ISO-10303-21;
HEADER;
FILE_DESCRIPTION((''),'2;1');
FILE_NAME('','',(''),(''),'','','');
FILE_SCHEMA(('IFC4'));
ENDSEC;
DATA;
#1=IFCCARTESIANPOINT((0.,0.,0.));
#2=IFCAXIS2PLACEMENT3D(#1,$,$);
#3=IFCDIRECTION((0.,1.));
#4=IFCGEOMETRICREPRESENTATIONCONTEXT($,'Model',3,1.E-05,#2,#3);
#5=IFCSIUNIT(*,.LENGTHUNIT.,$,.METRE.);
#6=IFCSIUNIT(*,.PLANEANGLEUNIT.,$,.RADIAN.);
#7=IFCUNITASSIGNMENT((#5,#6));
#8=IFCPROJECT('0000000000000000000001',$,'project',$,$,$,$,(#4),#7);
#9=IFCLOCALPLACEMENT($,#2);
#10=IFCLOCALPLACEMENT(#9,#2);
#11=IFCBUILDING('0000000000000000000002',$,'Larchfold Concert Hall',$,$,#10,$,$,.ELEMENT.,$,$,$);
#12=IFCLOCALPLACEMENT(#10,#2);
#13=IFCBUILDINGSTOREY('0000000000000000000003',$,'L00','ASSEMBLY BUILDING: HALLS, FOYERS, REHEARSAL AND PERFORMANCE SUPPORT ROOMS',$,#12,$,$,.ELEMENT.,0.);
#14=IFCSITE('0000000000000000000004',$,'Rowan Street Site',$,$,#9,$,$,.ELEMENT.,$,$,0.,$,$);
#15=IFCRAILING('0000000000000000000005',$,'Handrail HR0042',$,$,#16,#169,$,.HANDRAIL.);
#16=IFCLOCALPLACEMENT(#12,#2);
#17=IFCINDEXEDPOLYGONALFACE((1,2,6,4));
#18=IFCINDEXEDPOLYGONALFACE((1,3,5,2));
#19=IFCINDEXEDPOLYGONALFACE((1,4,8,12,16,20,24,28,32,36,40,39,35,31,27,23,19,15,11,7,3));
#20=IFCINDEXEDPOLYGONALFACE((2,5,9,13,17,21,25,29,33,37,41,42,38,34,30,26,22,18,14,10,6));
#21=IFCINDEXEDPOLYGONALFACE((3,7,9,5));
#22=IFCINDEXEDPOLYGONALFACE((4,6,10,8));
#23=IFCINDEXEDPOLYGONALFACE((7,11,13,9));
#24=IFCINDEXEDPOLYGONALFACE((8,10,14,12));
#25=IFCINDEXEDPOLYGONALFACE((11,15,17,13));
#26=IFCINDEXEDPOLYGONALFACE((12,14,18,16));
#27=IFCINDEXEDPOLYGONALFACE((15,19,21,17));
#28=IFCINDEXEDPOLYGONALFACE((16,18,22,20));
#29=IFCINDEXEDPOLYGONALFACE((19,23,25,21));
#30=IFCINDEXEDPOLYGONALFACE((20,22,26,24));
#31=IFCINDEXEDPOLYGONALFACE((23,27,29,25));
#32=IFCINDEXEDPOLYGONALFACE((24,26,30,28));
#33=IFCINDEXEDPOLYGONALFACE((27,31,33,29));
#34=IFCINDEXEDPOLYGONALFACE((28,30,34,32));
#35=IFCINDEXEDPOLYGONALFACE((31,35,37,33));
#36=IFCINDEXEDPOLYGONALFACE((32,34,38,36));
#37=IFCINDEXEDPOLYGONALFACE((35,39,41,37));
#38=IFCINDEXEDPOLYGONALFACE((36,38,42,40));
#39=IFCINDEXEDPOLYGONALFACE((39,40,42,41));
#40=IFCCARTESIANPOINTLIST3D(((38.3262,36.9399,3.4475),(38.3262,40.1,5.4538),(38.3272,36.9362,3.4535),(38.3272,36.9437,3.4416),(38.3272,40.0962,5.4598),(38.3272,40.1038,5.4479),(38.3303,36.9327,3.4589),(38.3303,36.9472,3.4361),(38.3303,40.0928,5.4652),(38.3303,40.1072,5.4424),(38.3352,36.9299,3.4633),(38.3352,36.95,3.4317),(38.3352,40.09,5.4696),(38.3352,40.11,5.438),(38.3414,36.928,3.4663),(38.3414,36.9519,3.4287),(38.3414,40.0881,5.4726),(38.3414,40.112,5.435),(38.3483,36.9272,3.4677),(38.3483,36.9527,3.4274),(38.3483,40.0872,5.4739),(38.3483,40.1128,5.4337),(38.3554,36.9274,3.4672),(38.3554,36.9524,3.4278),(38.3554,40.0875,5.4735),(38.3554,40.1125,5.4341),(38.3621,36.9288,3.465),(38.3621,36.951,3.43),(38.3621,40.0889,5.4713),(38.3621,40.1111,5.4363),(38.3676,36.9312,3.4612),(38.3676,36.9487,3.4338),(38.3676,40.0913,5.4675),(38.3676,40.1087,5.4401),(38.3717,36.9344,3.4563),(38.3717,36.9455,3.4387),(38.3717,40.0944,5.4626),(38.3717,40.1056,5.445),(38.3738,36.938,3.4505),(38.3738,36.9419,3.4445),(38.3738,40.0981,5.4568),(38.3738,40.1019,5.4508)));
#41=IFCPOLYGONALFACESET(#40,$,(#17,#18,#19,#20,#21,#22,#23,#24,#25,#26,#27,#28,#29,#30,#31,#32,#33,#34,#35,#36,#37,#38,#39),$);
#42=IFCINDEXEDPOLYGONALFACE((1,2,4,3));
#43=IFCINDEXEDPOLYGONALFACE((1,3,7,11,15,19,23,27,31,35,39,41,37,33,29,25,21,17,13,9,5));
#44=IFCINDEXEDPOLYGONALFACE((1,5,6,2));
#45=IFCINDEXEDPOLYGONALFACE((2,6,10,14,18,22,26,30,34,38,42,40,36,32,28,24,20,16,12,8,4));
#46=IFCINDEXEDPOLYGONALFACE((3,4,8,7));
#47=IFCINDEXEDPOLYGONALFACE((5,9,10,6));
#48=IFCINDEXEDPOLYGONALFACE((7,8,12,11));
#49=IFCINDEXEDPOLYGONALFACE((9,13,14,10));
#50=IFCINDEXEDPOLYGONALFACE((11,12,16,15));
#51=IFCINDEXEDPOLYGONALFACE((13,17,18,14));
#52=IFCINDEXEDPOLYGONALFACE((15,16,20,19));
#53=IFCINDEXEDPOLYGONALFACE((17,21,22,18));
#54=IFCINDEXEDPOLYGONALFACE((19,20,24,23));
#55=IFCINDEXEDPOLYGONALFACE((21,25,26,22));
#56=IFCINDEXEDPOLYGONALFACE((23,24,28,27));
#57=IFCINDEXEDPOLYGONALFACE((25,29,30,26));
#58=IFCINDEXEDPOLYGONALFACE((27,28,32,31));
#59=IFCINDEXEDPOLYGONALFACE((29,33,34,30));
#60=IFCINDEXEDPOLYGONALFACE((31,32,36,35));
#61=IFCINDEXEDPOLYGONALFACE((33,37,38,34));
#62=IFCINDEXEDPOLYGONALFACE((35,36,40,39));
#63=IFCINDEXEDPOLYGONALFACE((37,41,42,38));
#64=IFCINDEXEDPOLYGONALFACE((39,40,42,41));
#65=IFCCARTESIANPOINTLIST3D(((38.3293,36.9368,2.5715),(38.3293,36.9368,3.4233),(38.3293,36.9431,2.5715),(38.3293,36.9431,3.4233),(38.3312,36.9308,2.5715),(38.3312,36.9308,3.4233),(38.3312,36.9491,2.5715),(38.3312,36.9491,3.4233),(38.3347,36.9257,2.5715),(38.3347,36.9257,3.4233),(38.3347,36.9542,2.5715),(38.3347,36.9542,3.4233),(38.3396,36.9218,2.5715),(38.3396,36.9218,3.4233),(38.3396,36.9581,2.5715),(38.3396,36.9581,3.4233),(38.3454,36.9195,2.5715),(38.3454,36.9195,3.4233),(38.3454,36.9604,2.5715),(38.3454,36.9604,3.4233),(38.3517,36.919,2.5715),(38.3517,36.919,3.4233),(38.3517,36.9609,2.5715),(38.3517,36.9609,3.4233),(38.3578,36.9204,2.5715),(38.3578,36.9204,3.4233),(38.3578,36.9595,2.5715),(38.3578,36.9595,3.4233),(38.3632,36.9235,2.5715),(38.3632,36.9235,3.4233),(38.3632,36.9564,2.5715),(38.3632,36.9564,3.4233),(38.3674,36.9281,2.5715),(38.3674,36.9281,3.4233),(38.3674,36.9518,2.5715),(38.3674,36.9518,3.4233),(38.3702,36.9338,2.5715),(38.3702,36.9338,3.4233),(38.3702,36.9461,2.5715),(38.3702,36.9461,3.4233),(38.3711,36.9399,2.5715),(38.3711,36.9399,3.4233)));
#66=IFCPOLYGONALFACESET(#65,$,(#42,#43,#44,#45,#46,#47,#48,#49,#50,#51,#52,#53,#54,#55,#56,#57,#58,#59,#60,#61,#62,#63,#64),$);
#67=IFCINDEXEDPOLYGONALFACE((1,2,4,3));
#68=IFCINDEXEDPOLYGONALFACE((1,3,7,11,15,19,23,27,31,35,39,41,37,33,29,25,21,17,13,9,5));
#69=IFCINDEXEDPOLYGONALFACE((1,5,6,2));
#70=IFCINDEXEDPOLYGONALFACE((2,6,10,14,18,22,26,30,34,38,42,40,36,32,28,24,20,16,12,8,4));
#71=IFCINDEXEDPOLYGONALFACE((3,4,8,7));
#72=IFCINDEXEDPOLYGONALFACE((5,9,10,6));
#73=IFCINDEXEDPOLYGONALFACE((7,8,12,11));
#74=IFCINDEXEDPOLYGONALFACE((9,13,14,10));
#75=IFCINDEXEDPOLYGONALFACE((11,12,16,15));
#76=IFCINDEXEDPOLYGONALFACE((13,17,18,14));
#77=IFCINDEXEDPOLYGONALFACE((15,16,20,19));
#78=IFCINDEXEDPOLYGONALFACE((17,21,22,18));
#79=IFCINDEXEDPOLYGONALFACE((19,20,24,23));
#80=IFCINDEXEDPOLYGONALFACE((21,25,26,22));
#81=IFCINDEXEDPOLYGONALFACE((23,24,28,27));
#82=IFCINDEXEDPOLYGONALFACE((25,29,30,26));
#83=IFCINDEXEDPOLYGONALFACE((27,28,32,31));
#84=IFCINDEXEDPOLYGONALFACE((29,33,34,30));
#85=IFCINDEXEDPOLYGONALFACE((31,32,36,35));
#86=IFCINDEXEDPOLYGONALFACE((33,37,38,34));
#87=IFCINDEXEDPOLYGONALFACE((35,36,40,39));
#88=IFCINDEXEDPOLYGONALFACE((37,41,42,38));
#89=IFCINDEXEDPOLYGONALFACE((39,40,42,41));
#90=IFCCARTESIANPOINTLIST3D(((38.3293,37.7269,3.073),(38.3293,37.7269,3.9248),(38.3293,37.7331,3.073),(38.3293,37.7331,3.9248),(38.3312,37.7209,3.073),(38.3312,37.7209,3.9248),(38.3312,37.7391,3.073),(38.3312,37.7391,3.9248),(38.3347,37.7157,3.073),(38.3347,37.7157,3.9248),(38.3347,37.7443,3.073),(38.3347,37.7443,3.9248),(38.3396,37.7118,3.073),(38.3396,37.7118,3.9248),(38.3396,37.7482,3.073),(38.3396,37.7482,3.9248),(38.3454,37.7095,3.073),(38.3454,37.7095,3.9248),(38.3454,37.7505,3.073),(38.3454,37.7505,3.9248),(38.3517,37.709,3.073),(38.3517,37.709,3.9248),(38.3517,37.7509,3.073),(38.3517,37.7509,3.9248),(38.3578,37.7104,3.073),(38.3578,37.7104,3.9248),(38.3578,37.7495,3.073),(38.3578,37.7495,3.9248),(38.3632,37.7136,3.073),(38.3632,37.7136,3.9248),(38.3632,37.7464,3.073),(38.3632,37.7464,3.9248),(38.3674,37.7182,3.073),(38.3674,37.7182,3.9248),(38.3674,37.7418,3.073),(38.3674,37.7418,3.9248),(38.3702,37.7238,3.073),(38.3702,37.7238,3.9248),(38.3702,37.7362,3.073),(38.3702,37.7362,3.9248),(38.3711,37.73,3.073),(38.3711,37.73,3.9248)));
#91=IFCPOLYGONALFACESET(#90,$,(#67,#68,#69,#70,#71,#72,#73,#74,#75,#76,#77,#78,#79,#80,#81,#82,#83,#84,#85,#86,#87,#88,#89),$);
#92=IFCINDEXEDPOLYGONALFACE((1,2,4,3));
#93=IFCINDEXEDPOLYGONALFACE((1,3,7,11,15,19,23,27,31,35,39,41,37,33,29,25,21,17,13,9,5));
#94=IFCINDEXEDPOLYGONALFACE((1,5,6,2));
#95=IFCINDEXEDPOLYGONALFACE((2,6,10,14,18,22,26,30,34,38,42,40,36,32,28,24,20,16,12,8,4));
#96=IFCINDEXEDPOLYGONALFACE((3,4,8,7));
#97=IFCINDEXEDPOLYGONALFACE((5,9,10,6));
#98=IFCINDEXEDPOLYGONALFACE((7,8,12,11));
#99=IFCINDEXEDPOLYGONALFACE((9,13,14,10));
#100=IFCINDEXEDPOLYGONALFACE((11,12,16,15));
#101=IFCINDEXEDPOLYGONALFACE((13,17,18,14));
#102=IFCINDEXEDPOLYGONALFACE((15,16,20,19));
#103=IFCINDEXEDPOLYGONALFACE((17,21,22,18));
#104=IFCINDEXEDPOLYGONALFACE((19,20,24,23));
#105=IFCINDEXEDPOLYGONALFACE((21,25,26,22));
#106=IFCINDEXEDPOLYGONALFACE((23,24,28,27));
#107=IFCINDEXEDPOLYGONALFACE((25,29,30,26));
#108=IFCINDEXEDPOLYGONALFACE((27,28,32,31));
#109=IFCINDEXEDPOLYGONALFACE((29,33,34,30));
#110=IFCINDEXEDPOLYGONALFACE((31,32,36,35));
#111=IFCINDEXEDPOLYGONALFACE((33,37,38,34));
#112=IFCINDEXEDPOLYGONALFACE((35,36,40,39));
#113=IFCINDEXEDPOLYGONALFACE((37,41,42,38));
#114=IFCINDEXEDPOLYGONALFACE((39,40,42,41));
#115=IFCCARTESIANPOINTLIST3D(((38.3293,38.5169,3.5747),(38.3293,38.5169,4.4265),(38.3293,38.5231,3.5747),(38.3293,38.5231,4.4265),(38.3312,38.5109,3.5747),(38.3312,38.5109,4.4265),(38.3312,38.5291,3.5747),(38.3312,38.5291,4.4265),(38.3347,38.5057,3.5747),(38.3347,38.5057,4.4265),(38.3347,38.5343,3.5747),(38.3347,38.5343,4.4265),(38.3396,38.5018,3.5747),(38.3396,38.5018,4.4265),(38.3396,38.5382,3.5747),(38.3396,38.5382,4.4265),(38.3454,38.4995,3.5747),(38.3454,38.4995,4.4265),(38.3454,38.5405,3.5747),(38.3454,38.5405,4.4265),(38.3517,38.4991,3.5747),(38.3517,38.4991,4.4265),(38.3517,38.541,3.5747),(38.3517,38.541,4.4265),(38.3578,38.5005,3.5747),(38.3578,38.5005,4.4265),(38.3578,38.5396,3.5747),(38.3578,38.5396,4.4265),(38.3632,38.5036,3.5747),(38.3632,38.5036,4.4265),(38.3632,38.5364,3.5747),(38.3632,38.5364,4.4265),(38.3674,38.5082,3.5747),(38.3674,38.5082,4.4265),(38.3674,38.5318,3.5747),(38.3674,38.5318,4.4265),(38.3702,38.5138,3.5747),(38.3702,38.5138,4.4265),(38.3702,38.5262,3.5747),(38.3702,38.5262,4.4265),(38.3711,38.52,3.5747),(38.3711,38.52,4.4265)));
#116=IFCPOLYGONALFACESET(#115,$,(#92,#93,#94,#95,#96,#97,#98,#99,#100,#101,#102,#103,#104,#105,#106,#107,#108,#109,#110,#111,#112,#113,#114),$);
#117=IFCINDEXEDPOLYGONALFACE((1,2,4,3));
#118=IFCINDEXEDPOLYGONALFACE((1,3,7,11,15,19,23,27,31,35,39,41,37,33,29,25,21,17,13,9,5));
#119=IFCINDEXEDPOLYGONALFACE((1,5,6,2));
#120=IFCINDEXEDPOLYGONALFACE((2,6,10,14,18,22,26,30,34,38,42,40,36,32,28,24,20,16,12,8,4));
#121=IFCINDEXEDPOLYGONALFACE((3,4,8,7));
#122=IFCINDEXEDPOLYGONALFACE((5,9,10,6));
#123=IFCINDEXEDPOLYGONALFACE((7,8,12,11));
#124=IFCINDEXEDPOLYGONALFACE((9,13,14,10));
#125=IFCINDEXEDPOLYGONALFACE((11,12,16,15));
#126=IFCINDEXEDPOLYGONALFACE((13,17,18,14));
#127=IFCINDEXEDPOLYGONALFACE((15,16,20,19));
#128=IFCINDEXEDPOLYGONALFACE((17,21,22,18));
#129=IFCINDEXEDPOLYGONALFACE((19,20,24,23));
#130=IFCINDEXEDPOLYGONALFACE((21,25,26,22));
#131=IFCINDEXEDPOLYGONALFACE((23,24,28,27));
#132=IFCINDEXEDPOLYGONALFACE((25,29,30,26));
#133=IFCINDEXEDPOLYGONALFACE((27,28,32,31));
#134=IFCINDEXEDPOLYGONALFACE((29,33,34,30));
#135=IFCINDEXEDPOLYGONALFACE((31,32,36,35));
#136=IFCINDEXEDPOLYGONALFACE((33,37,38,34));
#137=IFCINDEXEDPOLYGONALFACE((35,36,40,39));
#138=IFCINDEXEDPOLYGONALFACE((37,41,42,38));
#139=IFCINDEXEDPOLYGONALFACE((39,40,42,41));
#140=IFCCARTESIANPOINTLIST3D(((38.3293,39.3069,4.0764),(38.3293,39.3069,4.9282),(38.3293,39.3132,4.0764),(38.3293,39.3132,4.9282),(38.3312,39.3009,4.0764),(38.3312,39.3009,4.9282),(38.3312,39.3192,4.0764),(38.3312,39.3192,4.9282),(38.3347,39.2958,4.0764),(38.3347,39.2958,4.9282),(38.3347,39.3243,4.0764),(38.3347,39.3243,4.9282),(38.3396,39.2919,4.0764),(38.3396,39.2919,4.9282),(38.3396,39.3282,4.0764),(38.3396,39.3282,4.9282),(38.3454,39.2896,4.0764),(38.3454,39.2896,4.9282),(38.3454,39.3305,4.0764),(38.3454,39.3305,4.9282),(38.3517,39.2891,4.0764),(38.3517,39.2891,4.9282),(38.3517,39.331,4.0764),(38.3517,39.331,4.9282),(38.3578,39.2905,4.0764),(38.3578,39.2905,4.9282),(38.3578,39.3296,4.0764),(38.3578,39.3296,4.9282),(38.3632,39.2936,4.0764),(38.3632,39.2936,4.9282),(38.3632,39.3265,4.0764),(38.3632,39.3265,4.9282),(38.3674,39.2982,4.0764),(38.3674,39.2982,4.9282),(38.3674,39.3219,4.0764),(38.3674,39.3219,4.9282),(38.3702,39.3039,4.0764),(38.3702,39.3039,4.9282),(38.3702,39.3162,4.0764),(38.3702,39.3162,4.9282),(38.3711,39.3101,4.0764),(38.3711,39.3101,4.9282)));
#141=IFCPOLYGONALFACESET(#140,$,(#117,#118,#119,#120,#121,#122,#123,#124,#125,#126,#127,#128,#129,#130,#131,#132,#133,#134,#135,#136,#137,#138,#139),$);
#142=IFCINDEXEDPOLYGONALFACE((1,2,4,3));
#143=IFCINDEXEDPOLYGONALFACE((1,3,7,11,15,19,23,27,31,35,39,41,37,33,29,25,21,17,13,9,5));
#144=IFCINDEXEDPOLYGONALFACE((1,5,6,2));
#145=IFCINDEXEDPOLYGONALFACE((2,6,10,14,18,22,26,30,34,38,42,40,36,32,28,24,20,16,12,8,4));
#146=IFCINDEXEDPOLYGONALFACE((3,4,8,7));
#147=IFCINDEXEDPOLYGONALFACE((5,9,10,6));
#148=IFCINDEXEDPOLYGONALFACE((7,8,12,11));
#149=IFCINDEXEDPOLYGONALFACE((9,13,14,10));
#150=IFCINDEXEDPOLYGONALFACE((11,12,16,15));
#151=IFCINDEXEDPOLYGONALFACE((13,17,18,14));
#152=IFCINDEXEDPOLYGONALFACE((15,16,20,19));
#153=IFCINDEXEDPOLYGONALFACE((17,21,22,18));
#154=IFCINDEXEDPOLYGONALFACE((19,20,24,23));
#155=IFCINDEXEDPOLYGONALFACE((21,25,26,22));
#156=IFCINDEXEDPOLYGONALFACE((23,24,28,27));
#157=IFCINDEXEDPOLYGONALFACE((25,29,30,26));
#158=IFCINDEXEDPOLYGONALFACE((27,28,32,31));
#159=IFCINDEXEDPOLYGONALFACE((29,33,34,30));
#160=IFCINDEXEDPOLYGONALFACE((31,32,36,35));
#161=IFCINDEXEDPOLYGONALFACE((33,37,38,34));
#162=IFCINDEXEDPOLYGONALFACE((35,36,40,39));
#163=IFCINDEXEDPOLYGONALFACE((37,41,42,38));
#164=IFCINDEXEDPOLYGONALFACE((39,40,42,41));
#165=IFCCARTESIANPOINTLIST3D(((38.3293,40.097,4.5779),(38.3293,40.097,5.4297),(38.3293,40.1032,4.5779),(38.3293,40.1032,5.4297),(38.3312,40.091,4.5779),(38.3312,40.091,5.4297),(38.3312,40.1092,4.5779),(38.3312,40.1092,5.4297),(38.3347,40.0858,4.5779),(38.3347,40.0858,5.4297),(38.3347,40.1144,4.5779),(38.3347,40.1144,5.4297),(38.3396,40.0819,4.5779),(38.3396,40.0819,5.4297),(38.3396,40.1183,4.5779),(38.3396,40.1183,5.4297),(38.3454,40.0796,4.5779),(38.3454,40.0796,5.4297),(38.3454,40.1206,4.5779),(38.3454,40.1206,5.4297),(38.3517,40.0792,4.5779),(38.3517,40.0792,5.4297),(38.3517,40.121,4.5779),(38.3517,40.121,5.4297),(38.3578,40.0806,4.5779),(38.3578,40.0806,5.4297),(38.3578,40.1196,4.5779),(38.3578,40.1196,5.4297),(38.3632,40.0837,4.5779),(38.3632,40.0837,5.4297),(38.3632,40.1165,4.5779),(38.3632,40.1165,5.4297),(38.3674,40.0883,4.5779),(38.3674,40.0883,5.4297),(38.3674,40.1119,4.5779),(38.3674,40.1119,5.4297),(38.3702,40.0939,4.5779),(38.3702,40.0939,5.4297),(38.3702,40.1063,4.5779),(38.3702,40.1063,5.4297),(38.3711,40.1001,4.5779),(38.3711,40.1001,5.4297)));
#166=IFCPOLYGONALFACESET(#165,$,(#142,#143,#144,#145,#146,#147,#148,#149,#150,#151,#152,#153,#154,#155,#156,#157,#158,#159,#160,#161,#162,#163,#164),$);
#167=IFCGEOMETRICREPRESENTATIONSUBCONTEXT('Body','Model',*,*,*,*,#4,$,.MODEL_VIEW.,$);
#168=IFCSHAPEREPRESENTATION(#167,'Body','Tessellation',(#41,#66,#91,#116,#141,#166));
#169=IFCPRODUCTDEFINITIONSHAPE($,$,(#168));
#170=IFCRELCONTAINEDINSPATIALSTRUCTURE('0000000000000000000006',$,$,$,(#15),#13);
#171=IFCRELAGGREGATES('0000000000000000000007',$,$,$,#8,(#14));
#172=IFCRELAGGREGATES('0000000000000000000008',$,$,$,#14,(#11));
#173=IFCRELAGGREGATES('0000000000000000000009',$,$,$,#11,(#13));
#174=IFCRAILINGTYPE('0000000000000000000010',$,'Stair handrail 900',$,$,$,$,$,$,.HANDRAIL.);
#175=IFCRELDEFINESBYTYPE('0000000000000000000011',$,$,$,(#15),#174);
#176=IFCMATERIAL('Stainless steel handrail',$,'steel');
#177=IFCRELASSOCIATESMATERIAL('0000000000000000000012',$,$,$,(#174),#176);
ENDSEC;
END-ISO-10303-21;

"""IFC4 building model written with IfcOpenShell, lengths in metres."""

from ifc_helpers import new_model, si_unit, direction, frame, origin, origin_2d, place, context, subcontext, project, spatial, circle, extrude, material, type_object, element, save


model = new_model("IFC4")

# Units and contexts
model_context = context("Model", 3, precision=1e-05, world=origin(), true_north=direction((0.0, 1.0)))
body_context = subcontext(model_context, "Body", "Model", "MODEL_VIEW")
ifc_project = project(units=[si_unit("LENGTHUNIT", "METRE"), si_unit("PLANEANGLEUNIT", "RADIAN")], contexts=[model_context])

# Site, building, storey
site_placement = place(None, origin())
site = spatial("IfcSite", under=ifc_project, at=site_placement, Name="Rowan Street Site", CompositionType="ELEMENT", RefElevation=0.0)
building_placement = place(site_placement, origin())
building = spatial("IfcBuilding", under=site, at=building_placement, Name="Larchfold Concert Hall", CompositionType="ELEMENT")
storey_placement = place(building_placement, origin())
storey = spatial("IfcBuildingStorey", under=building, at=storey_placement, Name="L00", Description="ASSEMBLY BUILDING: HALLS, FOYERS, REHEARSAL AND PERFORMANCE SUPPORT ROOMS", CompositionType="ELEMENT", Elevation=0.0)

# Railing
ifc_material_1 = material(Name="Stainless steel handrail", Category="steel")
railing_type_1 = type_object("IfcRailingType", Name="Stair handrail 900", PredefinedType="HANDRAIL", material=ifc_material_1)
railing_1_placement = place(storey_placement, frame((38.3501, 36.9399, 2.5715)))
element("IfcRailing", 1, at=railing_1_placement, inside=storey, type_object=railing_type_1, Name="Handrail HR0042", PredefinedType="HANDRAIL", context=body_context, shape_type="SweptSolid", body=[
    extrude(circle(Radius=0.0239, at=origin_2d()), frame((0.0, 0.0, 0.876), z_axis=(0.0, 0.844225, 0.535989), x_axis=(-1.0, 0.0, 0.0)), (0.0, 0.0, 1.0), 3.7432),
    extrude(circle(Radius=0.021, at=origin_2d()), origin(), (0.0, 0.0, 1.0), 0.8518),
    extrude(circle(Radius=0.021, at=origin_2d()), frame((0.0, 0.79, 0.5015)), (0.0, 0.0, 1.0), 0.8518),
    extrude(circle(Radius=0.021, at=origin_2d()), frame((0.0, 1.5801, 1.0032)), (0.0, 0.0, 1.0), 0.8518),
    extrude(circle(Radius=0.021, at=origin_2d()), frame((0.0, 2.3701, 1.5049)), (0.0, 0.0, 1.0), 0.8518),
    extrude(circle(Radius=0.021, at=origin_2d()), frame((0.0, 3.1602, 2.0063)), (0.0, 0.0, 1.0), 0.8518),
])

save(model, "model.ifc")
